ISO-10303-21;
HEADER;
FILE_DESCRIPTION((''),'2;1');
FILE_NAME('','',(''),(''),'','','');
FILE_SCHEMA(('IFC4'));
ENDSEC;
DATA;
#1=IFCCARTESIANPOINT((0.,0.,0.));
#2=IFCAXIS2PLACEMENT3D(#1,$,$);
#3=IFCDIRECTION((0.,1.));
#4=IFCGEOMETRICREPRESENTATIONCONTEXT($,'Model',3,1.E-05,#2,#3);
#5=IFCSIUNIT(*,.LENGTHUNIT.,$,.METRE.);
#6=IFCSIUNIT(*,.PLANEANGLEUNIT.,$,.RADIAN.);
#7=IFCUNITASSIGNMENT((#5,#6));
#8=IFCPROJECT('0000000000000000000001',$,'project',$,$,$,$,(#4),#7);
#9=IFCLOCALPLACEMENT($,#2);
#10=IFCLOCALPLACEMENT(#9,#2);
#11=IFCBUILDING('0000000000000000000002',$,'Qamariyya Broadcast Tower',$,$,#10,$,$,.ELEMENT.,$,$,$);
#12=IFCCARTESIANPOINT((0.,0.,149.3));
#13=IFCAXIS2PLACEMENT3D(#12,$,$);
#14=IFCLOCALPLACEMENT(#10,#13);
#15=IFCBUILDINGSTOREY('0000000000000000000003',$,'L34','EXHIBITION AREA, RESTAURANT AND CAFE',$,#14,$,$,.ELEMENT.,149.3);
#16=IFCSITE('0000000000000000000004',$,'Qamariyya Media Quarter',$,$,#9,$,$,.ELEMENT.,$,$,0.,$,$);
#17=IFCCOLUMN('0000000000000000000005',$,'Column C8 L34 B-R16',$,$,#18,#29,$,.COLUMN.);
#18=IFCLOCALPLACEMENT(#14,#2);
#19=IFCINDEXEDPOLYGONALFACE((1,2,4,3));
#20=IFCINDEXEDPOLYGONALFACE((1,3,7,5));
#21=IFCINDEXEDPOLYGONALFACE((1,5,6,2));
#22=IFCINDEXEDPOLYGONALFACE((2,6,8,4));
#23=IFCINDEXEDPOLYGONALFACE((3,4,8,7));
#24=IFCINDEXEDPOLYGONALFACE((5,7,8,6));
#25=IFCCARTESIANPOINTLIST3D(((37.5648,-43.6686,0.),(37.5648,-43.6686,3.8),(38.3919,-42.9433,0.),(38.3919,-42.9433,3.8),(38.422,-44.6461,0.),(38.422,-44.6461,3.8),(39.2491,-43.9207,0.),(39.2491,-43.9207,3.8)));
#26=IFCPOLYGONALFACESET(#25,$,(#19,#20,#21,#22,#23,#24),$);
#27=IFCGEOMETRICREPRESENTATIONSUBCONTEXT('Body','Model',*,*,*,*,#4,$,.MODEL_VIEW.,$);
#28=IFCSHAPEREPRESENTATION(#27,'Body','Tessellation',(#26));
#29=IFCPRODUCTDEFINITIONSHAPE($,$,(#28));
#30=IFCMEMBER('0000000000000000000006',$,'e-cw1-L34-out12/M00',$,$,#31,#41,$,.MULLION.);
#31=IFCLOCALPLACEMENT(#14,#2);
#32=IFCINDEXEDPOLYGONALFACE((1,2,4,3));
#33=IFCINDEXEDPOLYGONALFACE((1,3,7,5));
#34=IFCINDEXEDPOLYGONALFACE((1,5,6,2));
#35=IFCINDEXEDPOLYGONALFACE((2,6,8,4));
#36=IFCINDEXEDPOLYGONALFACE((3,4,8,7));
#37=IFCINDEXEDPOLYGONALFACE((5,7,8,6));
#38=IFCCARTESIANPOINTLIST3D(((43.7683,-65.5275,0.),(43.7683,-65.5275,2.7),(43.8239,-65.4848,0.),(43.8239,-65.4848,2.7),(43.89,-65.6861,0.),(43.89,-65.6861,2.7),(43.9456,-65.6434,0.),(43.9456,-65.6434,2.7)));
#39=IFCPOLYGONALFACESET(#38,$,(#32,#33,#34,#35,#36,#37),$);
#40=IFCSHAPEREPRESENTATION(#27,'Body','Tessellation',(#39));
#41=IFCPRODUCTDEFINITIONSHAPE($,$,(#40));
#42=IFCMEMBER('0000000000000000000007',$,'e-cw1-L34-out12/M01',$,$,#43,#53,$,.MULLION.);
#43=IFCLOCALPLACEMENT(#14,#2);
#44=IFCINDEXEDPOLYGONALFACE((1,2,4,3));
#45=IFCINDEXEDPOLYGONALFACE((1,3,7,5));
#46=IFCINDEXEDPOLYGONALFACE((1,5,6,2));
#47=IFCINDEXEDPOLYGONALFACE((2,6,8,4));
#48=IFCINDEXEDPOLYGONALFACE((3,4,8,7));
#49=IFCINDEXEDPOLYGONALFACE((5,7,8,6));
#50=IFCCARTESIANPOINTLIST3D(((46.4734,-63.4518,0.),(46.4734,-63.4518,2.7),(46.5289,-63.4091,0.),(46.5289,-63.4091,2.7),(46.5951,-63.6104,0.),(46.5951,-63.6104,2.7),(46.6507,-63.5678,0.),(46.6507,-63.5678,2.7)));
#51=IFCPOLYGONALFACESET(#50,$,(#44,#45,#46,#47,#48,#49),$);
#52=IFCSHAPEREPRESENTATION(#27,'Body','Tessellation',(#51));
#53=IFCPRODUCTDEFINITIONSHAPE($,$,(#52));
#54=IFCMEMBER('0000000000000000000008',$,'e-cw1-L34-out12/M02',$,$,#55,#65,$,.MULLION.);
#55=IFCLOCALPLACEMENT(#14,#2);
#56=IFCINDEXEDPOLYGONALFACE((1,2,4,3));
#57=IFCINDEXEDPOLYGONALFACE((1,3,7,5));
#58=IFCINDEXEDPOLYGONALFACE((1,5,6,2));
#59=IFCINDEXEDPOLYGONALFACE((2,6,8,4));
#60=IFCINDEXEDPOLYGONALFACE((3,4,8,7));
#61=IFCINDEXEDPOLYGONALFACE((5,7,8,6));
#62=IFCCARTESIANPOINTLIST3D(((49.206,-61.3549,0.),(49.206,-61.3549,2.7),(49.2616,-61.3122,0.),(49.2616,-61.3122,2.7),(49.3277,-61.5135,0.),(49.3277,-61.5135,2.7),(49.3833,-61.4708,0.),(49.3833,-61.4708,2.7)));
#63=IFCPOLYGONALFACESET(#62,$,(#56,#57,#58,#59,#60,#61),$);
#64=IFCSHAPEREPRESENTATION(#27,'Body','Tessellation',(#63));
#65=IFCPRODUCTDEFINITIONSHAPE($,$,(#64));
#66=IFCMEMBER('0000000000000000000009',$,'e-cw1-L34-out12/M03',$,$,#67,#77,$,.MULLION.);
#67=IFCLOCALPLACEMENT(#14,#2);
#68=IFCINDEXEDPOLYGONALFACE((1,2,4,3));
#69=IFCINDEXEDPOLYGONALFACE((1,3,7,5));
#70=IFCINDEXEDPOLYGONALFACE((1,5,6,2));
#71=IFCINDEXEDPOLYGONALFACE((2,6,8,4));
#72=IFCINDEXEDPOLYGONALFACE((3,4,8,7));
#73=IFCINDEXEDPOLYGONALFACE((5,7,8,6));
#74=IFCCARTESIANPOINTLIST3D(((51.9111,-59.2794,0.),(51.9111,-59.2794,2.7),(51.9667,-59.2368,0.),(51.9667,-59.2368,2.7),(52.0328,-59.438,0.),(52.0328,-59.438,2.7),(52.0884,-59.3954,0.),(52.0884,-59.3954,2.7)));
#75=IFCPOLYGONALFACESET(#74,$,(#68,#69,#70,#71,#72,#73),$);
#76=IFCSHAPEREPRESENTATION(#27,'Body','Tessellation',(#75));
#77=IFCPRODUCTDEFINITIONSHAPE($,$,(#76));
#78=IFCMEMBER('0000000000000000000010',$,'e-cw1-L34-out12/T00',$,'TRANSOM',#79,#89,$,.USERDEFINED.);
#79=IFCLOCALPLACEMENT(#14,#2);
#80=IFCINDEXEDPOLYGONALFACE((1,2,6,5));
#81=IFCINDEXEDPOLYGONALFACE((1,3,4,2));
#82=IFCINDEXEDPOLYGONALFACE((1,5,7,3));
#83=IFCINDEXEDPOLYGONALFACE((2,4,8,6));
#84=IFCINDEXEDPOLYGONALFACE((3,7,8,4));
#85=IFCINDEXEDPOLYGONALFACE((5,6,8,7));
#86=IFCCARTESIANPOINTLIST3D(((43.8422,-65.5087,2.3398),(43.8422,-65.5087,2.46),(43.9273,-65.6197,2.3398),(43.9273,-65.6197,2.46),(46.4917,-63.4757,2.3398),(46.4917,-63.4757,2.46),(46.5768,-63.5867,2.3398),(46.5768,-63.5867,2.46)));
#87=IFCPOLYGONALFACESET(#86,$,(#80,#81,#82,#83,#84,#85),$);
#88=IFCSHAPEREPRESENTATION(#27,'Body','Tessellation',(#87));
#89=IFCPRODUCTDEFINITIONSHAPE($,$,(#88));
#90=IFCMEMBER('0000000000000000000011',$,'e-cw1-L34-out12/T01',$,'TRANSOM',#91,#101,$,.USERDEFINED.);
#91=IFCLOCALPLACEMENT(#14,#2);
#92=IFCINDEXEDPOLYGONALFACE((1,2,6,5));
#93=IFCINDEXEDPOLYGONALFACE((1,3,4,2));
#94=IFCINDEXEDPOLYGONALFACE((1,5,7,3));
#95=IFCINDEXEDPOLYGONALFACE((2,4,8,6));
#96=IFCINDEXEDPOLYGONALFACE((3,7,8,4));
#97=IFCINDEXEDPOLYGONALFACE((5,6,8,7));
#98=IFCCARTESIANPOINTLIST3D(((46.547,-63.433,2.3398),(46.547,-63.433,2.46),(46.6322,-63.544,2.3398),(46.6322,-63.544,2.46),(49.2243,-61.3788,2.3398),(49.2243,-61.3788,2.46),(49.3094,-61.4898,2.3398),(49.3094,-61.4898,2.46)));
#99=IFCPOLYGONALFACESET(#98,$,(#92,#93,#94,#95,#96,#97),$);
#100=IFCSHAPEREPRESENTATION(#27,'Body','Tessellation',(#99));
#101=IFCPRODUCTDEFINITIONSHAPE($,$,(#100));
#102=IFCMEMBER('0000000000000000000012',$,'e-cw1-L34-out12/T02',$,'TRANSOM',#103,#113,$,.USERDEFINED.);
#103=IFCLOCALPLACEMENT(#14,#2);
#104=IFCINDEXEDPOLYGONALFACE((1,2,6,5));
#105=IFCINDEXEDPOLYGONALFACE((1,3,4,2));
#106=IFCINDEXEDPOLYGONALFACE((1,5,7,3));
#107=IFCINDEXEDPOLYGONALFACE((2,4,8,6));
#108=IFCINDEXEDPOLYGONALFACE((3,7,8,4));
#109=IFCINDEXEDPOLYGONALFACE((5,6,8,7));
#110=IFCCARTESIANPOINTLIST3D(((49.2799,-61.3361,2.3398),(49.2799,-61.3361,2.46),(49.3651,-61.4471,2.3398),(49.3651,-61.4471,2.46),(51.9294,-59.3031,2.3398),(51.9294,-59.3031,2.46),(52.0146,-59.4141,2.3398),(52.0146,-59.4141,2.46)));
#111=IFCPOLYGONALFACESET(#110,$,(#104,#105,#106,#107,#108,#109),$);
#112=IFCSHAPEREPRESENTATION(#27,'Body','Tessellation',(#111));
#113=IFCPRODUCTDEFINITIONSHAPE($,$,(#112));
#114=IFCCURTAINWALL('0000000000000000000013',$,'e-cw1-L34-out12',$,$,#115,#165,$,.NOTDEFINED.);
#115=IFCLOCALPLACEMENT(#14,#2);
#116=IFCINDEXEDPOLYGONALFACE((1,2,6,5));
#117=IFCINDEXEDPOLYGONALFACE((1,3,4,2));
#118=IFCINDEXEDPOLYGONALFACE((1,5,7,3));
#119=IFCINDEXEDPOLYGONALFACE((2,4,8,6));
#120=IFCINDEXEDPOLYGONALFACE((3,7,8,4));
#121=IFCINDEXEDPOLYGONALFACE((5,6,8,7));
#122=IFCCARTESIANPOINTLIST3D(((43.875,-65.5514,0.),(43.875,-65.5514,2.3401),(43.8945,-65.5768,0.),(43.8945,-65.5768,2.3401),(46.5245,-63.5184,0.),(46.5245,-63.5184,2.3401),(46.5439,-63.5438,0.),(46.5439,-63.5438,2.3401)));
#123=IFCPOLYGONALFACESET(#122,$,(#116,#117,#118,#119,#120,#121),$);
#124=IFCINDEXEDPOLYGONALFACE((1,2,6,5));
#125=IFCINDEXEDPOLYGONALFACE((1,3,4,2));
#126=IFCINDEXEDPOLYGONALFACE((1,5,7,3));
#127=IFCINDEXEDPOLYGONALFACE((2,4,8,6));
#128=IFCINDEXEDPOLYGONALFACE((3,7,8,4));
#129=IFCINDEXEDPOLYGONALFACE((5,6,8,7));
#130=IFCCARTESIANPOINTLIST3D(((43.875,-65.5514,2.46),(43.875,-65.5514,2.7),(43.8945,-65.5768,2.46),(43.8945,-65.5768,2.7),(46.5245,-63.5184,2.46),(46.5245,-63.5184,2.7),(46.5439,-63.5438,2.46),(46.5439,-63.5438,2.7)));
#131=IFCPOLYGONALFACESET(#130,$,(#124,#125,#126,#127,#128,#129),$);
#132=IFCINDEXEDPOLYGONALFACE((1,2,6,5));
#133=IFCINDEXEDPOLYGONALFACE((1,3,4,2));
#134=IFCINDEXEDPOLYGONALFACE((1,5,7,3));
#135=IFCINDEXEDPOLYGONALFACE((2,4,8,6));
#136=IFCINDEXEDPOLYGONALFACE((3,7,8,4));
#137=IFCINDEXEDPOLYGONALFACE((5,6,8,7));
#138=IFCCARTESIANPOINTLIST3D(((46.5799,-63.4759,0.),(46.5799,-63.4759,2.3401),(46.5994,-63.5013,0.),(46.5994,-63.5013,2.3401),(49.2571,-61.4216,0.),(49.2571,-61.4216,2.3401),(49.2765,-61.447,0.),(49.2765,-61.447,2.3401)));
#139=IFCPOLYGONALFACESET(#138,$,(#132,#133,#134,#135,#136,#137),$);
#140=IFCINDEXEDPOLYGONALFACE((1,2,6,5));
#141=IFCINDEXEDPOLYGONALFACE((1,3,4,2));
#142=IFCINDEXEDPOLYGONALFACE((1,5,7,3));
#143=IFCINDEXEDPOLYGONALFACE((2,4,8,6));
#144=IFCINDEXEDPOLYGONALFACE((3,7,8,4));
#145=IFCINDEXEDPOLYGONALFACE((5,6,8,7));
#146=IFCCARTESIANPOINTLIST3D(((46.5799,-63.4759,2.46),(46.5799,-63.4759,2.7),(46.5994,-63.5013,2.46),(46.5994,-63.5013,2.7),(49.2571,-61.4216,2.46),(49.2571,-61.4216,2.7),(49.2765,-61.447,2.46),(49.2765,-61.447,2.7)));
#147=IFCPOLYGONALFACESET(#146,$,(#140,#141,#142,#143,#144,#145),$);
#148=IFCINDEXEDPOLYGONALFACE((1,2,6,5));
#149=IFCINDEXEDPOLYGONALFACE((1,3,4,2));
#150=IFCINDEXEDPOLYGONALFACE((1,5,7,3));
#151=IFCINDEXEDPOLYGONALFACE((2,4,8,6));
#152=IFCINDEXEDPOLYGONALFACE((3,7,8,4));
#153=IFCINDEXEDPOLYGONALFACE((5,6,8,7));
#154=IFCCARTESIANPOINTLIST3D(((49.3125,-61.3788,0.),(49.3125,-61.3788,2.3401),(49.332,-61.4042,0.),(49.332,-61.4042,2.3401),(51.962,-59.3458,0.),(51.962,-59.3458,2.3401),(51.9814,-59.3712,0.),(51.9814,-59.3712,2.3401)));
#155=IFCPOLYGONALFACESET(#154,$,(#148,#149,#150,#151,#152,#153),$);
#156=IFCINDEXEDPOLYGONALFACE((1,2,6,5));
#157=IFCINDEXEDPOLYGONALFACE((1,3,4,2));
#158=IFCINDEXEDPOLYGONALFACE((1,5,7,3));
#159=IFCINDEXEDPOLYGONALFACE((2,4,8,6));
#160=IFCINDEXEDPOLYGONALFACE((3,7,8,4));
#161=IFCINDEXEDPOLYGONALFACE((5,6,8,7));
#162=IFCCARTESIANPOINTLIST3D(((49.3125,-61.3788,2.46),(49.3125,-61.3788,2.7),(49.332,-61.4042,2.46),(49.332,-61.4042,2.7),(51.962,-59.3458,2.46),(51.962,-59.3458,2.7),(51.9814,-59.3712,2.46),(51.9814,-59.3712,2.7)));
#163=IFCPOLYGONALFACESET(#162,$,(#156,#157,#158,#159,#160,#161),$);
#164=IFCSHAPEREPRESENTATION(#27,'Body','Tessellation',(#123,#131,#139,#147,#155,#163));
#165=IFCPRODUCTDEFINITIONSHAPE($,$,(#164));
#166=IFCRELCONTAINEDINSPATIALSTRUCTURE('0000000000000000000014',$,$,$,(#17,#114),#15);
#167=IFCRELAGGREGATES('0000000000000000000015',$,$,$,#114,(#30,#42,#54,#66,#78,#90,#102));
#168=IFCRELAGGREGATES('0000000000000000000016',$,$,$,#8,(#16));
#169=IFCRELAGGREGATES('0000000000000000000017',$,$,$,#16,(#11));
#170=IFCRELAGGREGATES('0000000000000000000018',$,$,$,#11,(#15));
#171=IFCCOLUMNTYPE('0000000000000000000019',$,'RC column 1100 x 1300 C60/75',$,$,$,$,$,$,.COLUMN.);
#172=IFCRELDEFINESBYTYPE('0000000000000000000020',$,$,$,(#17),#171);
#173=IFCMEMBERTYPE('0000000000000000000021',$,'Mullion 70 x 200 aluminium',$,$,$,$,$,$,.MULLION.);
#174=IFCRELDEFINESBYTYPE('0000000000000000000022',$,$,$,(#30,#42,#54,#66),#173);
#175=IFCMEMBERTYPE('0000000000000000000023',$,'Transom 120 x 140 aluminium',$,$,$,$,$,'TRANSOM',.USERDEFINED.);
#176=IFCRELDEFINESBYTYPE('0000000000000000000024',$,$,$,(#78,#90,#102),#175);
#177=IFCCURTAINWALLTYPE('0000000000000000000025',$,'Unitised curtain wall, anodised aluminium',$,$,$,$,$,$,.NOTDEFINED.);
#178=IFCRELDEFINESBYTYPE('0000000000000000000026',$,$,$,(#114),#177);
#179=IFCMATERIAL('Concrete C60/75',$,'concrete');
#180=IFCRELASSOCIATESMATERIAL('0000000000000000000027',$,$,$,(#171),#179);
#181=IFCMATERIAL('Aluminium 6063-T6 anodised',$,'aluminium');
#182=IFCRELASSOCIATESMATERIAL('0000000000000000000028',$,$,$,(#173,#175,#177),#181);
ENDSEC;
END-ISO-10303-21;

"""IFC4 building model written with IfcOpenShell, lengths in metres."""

from ifc_helpers import new_model, si_unit, direction, frame, origin, origin_2d, place, context, subcontext, project, spatial, rectangle, extrude, material, material_profile, profile_set, type_object, element, aggregate, save


model = new_model("IFC4")

# Units and contexts
model_context = context("Model", 3, precision=1e-05, world=origin(), true_north=direction((0.0, 1.0)))
body_context = subcontext(model_context, "Body", "Model", "MODEL_VIEW")
ifc_project = project(units=[si_unit("LENGTHUNIT", "METRE"), si_unit("PLANEANGLEUNIT", "RADIAN")], contexts=[model_context])

# Site, building, storey
site_placement = place(None, origin())
site = spatial("IfcSite", under=ifc_project, at=site_placement, Name="Qamariyya Media Quarter", CompositionType="ELEMENT", RefElevation=0.0)
building_placement = place(site_placement, origin())
building = spatial("IfcBuilding", under=site, at=building_placement, Name="Qamariyya Broadcast Tower", CompositionType="ELEMENT")
storey_placement = place(building_placement, frame((0.0, 0.0, 149.3)))
storey = spatial("IfcBuildingStorey", under=building, at=storey_placement, Name="L34", Description="EXHIBITION AREA, RESTAURANT AND CAFE", CompositionType="ELEMENT", Elevation=149.3)

# Column
ifc_material_1 = material(Name="Concrete C60/75", Category="concrete")
ifc_material_profile_1 = material_profile(ifc_material_1, rectangle(XDim=1.1001, YDim=1.3, at=origin_2d()))
ifc_profile_set_1 = profile_set([ifc_material_profile_1], Name="Concrete C60/75")
column_type = type_object("IfcColumnType", Name="RC column 1100 x 1300 C60/75", PredefinedType="COLUMN", material=ifc_profile_set_1)
column_placement = place(storey_placement, frame((38.407, -43.7947, 0.0), z_axis=(0.0, 0.0, 1.0), x_axis=(0.75184, 0.659346, 0.0)))
element("IfcColumn", 1, at=column_placement, inside=storey, type_object=column_type, Name="Column C8 L34 B-R16", PredefinedType="COLUMN", context=body_context, shape_type="SweptSolid", body=[
    extrude(rectangle(XDim=1.1001, YDim=1.3, at=origin_2d()), origin(), (0.0, 0.0, 1.0), 3.8),
])

# Members
ifc_material_2 = material(Name="Aluminium 6063-T6 anodised", Category="aluminium")
ifc_material_profile_2 = material_profile(ifc_material_2, rectangle(XDim=0.2, YDim=0.0701, at=origin_2d()))
ifc_profile_set_2 = profile_set([ifc_material_profile_2], Name="Aluminium 6063-T6 anodised")
member_type_1 = type_object("IfcMemberType", Name="Mullion 70 x 200 aluminium", PredefinedType="MULLION", material=ifc_profile_set_2)
member_1_placement = place(storey_placement, frame((43.8569, -65.5854, 0.0), z_axis=(0.0, 0.0, 1.0), x_axis=(-0.608761, 0.793353, 0.0)))
member_1 = element("IfcMember", 2, at=member_1_placement, type_object=member_type_1, Name="e-cw1-L34-out12/M00", PredefinedType="MULLION", context=body_context, shape_type="SweptSolid", body=[
    extrude(rectangle(XDim=0.2, YDim=0.0701, at=origin_2d()), origin(), (0.0, 0.0, 1.0), 2.7),
])
member_2_placement = place(storey_placement, frame((46.562, -63.5098, 0.0), z_axis=(0.0, 0.0, 1.0), x_axis=(-0.608761, 0.793353, 0.0)))
member_2 = element("IfcMember", 3, at=member_2_placement, type_object=member_type_1, Name="e-cw1-L34-out12/M01", PredefinedType="MULLION", context=body_context, shape_type="SweptSolid", body=[
    extrude(rectangle(XDim=0.2, YDim=0.0701, at=origin_2d()), origin(), (0.0, 0.0, 1.0), 2.7),
])
member_3_placement = place(storey_placement, frame((49.2947, -61.4128, 0.0), z_axis=(0.0, 0.0, 1.0), x_axis=(-0.608761, 0.793353, 0.0)))
member_3 = element("IfcMember", 4, at=member_3_placement, type_object=member_type_1, Name="e-cw1-L34-out12/M02", PredefinedType="MULLION", context=body_context, shape_type="SweptSolid", body=[
    extrude(rectangle(XDim=0.2, YDim=0.0701, at=origin_2d()), origin(), (0.0, 0.0, 1.0), 2.7),
])
member_4_placement = place(storey_placement, frame((51.9998, -59.3374, 0.0), z_axis=(0.0, 0.0, 1.0), x_axis=(-0.608761, 0.793353, 0.0)))
member_4 = element("IfcMember", 5, at=member_4_placement, type_object=member_type_1, Name="e-cw1-L34-out12/M03", PredefinedType="MULLION", context=body_context, shape_type="SweptSolid", body=[
    extrude(rectangle(XDim=0.2, YDim=0.0701, at=origin_2d()), origin(), (0.0, 0.0, 1.0), 2.7),
])
ifc_material_profile_3 = material_profile(ifc_material_2, rectangle(XDim=0.1399, YDim=0.1201, at=origin_2d()))
ifc_profile_set_3 = profile_set([ifc_material_profile_3], Name="Aluminium 6063-T6 anodised")
member_type_2 = type_object("IfcMemberType", Name="Transom 120 x 140 aluminium", ElementType="TRANSOM", PredefinedType="USERDEFINED", material=ifc_profile_set_3)
member_5_placement = place(storey_placement, frame((43.8848, -65.5642, 2.3999), z_axis=(0.793354, 0.60876, 0.0), x_axis=(-0.60876, 0.793354, 0.0)))
member_5 = element("IfcMember", 6, at=member_5_placement, type_object=member_type_2, Name="e-cw1-L34-out12/T00", ObjectType="TRANSOM", PredefinedType="USERDEFINED", context=body_context, shape_type="SweptSolid", body=[
    extrude(rectangle(XDim=0.1399, YDim=0.1201, at=origin_2d()), origin(), (0.0, 0.0, 1.0), 3.3396),
])
member_6_placement = place(storey_placement, frame((46.5896, -63.4885, 2.3999), z_axis=(0.793371, 0.608738, 0.0), x_axis=(-0.608738, 0.793371, 0.0)))
member_6 = element("IfcMember", 7, at=member_6_placement, type_object=member_type_2, Name="e-cw1-L34-out12/T01", ObjectType="TRANSOM", PredefinedType="USERDEFINED", context=body_context, shape_type="SweptSolid", body=[
    extrude(rectangle(XDim=0.1399, YDim=0.1201, at=origin_2d()), origin(), (0.0, 0.0, 1.0), 3.3745),
])
member_7_placement = place(storey_placement, frame((49.3225, -61.3916, 2.3999), z_axis=(0.793354, 0.60876, 0.0), x_axis=(-0.60876, 0.793354, 0.0)))
member_7 = element("IfcMember", 8, at=member_7_placement, type_object=member_type_2, Name="e-cw1-L34-out12/T02", ObjectType="TRANSOM", PredefinedType="USERDEFINED", context=body_context, shape_type="SweptSolid", body=[
    extrude(rectangle(XDim=0.1399, YDim=0.1201, at=origin_2d()), origin(), (0.0, 0.0, 1.0), 3.3396),
])

# Curtain wall
curtain_wall_type = type_object("IfcCurtainWallType", Name="Unitised curtain wall, anodised aluminium", PredefinedType="NOTDEFINED", material=ifc_material_2)
curtain_wall_1_placement = place(storey_placement, origin())
curtain_wall_1 = element("IfcCurtainWall", 9, at=curtain_wall_1_placement, inside=storey, type_object=curtain_wall_type, Name="e-cw1-L34-out12", PredefinedType="NOTDEFINED", context=body_context, shape_type="SweptSolid", body=[
    extrude(rectangle(XDim=3.3396, YDim=0.032, at=origin_2d()), frame((45.2095, -64.5476, 0.0), x_axis=(0.793352, 0.608764, 0.0)), (0.0, 0.0, 1.0), 2.3401),
    extrude(rectangle(XDim=3.3396, YDim=0.032, at=origin_2d()), frame((45.2095, -64.5476, 2.46), x_axis=(0.793352, 0.608764, 0.0)), (0.0, 0.0, 1.0), 0.24),
    extrude(rectangle(XDim=3.3745, YDim=0.032, at=origin_2d()), frame((47.9282, -62.4614, 0.0), x_axis=(0.793352, 0.608764, 0.0)), (0.0, 0.0, 1.0), 2.3401),
    extrude(rectangle(XDim=3.3745, YDim=0.032, at=origin_2d()), frame((47.9282, -62.4614, 2.46), x_axis=(0.793352, 0.608764, 0.0)), (0.0, 0.0, 1.0), 0.24),
    extrude(rectangle(XDim=3.3396, YDim=0.032, at=origin_2d()), frame((50.647, -60.375, 0.0), x_axis=(0.793352, 0.608764, 0.0)), (0.0, 0.0, 1.0), 2.3401),
    extrude(rectangle(XDim=3.3396, YDim=0.032, at=origin_2d()), frame((50.647, -60.375, 2.46), x_axis=(0.793352, 0.608764, 0.0)), (0.0, 0.0, 1.0), 0.24),
])
aggregate(curtain_wall_1, [member_1, member_2, member_3, member_4, member_5, member_6, member_7])

save(model, "model.ifc")
